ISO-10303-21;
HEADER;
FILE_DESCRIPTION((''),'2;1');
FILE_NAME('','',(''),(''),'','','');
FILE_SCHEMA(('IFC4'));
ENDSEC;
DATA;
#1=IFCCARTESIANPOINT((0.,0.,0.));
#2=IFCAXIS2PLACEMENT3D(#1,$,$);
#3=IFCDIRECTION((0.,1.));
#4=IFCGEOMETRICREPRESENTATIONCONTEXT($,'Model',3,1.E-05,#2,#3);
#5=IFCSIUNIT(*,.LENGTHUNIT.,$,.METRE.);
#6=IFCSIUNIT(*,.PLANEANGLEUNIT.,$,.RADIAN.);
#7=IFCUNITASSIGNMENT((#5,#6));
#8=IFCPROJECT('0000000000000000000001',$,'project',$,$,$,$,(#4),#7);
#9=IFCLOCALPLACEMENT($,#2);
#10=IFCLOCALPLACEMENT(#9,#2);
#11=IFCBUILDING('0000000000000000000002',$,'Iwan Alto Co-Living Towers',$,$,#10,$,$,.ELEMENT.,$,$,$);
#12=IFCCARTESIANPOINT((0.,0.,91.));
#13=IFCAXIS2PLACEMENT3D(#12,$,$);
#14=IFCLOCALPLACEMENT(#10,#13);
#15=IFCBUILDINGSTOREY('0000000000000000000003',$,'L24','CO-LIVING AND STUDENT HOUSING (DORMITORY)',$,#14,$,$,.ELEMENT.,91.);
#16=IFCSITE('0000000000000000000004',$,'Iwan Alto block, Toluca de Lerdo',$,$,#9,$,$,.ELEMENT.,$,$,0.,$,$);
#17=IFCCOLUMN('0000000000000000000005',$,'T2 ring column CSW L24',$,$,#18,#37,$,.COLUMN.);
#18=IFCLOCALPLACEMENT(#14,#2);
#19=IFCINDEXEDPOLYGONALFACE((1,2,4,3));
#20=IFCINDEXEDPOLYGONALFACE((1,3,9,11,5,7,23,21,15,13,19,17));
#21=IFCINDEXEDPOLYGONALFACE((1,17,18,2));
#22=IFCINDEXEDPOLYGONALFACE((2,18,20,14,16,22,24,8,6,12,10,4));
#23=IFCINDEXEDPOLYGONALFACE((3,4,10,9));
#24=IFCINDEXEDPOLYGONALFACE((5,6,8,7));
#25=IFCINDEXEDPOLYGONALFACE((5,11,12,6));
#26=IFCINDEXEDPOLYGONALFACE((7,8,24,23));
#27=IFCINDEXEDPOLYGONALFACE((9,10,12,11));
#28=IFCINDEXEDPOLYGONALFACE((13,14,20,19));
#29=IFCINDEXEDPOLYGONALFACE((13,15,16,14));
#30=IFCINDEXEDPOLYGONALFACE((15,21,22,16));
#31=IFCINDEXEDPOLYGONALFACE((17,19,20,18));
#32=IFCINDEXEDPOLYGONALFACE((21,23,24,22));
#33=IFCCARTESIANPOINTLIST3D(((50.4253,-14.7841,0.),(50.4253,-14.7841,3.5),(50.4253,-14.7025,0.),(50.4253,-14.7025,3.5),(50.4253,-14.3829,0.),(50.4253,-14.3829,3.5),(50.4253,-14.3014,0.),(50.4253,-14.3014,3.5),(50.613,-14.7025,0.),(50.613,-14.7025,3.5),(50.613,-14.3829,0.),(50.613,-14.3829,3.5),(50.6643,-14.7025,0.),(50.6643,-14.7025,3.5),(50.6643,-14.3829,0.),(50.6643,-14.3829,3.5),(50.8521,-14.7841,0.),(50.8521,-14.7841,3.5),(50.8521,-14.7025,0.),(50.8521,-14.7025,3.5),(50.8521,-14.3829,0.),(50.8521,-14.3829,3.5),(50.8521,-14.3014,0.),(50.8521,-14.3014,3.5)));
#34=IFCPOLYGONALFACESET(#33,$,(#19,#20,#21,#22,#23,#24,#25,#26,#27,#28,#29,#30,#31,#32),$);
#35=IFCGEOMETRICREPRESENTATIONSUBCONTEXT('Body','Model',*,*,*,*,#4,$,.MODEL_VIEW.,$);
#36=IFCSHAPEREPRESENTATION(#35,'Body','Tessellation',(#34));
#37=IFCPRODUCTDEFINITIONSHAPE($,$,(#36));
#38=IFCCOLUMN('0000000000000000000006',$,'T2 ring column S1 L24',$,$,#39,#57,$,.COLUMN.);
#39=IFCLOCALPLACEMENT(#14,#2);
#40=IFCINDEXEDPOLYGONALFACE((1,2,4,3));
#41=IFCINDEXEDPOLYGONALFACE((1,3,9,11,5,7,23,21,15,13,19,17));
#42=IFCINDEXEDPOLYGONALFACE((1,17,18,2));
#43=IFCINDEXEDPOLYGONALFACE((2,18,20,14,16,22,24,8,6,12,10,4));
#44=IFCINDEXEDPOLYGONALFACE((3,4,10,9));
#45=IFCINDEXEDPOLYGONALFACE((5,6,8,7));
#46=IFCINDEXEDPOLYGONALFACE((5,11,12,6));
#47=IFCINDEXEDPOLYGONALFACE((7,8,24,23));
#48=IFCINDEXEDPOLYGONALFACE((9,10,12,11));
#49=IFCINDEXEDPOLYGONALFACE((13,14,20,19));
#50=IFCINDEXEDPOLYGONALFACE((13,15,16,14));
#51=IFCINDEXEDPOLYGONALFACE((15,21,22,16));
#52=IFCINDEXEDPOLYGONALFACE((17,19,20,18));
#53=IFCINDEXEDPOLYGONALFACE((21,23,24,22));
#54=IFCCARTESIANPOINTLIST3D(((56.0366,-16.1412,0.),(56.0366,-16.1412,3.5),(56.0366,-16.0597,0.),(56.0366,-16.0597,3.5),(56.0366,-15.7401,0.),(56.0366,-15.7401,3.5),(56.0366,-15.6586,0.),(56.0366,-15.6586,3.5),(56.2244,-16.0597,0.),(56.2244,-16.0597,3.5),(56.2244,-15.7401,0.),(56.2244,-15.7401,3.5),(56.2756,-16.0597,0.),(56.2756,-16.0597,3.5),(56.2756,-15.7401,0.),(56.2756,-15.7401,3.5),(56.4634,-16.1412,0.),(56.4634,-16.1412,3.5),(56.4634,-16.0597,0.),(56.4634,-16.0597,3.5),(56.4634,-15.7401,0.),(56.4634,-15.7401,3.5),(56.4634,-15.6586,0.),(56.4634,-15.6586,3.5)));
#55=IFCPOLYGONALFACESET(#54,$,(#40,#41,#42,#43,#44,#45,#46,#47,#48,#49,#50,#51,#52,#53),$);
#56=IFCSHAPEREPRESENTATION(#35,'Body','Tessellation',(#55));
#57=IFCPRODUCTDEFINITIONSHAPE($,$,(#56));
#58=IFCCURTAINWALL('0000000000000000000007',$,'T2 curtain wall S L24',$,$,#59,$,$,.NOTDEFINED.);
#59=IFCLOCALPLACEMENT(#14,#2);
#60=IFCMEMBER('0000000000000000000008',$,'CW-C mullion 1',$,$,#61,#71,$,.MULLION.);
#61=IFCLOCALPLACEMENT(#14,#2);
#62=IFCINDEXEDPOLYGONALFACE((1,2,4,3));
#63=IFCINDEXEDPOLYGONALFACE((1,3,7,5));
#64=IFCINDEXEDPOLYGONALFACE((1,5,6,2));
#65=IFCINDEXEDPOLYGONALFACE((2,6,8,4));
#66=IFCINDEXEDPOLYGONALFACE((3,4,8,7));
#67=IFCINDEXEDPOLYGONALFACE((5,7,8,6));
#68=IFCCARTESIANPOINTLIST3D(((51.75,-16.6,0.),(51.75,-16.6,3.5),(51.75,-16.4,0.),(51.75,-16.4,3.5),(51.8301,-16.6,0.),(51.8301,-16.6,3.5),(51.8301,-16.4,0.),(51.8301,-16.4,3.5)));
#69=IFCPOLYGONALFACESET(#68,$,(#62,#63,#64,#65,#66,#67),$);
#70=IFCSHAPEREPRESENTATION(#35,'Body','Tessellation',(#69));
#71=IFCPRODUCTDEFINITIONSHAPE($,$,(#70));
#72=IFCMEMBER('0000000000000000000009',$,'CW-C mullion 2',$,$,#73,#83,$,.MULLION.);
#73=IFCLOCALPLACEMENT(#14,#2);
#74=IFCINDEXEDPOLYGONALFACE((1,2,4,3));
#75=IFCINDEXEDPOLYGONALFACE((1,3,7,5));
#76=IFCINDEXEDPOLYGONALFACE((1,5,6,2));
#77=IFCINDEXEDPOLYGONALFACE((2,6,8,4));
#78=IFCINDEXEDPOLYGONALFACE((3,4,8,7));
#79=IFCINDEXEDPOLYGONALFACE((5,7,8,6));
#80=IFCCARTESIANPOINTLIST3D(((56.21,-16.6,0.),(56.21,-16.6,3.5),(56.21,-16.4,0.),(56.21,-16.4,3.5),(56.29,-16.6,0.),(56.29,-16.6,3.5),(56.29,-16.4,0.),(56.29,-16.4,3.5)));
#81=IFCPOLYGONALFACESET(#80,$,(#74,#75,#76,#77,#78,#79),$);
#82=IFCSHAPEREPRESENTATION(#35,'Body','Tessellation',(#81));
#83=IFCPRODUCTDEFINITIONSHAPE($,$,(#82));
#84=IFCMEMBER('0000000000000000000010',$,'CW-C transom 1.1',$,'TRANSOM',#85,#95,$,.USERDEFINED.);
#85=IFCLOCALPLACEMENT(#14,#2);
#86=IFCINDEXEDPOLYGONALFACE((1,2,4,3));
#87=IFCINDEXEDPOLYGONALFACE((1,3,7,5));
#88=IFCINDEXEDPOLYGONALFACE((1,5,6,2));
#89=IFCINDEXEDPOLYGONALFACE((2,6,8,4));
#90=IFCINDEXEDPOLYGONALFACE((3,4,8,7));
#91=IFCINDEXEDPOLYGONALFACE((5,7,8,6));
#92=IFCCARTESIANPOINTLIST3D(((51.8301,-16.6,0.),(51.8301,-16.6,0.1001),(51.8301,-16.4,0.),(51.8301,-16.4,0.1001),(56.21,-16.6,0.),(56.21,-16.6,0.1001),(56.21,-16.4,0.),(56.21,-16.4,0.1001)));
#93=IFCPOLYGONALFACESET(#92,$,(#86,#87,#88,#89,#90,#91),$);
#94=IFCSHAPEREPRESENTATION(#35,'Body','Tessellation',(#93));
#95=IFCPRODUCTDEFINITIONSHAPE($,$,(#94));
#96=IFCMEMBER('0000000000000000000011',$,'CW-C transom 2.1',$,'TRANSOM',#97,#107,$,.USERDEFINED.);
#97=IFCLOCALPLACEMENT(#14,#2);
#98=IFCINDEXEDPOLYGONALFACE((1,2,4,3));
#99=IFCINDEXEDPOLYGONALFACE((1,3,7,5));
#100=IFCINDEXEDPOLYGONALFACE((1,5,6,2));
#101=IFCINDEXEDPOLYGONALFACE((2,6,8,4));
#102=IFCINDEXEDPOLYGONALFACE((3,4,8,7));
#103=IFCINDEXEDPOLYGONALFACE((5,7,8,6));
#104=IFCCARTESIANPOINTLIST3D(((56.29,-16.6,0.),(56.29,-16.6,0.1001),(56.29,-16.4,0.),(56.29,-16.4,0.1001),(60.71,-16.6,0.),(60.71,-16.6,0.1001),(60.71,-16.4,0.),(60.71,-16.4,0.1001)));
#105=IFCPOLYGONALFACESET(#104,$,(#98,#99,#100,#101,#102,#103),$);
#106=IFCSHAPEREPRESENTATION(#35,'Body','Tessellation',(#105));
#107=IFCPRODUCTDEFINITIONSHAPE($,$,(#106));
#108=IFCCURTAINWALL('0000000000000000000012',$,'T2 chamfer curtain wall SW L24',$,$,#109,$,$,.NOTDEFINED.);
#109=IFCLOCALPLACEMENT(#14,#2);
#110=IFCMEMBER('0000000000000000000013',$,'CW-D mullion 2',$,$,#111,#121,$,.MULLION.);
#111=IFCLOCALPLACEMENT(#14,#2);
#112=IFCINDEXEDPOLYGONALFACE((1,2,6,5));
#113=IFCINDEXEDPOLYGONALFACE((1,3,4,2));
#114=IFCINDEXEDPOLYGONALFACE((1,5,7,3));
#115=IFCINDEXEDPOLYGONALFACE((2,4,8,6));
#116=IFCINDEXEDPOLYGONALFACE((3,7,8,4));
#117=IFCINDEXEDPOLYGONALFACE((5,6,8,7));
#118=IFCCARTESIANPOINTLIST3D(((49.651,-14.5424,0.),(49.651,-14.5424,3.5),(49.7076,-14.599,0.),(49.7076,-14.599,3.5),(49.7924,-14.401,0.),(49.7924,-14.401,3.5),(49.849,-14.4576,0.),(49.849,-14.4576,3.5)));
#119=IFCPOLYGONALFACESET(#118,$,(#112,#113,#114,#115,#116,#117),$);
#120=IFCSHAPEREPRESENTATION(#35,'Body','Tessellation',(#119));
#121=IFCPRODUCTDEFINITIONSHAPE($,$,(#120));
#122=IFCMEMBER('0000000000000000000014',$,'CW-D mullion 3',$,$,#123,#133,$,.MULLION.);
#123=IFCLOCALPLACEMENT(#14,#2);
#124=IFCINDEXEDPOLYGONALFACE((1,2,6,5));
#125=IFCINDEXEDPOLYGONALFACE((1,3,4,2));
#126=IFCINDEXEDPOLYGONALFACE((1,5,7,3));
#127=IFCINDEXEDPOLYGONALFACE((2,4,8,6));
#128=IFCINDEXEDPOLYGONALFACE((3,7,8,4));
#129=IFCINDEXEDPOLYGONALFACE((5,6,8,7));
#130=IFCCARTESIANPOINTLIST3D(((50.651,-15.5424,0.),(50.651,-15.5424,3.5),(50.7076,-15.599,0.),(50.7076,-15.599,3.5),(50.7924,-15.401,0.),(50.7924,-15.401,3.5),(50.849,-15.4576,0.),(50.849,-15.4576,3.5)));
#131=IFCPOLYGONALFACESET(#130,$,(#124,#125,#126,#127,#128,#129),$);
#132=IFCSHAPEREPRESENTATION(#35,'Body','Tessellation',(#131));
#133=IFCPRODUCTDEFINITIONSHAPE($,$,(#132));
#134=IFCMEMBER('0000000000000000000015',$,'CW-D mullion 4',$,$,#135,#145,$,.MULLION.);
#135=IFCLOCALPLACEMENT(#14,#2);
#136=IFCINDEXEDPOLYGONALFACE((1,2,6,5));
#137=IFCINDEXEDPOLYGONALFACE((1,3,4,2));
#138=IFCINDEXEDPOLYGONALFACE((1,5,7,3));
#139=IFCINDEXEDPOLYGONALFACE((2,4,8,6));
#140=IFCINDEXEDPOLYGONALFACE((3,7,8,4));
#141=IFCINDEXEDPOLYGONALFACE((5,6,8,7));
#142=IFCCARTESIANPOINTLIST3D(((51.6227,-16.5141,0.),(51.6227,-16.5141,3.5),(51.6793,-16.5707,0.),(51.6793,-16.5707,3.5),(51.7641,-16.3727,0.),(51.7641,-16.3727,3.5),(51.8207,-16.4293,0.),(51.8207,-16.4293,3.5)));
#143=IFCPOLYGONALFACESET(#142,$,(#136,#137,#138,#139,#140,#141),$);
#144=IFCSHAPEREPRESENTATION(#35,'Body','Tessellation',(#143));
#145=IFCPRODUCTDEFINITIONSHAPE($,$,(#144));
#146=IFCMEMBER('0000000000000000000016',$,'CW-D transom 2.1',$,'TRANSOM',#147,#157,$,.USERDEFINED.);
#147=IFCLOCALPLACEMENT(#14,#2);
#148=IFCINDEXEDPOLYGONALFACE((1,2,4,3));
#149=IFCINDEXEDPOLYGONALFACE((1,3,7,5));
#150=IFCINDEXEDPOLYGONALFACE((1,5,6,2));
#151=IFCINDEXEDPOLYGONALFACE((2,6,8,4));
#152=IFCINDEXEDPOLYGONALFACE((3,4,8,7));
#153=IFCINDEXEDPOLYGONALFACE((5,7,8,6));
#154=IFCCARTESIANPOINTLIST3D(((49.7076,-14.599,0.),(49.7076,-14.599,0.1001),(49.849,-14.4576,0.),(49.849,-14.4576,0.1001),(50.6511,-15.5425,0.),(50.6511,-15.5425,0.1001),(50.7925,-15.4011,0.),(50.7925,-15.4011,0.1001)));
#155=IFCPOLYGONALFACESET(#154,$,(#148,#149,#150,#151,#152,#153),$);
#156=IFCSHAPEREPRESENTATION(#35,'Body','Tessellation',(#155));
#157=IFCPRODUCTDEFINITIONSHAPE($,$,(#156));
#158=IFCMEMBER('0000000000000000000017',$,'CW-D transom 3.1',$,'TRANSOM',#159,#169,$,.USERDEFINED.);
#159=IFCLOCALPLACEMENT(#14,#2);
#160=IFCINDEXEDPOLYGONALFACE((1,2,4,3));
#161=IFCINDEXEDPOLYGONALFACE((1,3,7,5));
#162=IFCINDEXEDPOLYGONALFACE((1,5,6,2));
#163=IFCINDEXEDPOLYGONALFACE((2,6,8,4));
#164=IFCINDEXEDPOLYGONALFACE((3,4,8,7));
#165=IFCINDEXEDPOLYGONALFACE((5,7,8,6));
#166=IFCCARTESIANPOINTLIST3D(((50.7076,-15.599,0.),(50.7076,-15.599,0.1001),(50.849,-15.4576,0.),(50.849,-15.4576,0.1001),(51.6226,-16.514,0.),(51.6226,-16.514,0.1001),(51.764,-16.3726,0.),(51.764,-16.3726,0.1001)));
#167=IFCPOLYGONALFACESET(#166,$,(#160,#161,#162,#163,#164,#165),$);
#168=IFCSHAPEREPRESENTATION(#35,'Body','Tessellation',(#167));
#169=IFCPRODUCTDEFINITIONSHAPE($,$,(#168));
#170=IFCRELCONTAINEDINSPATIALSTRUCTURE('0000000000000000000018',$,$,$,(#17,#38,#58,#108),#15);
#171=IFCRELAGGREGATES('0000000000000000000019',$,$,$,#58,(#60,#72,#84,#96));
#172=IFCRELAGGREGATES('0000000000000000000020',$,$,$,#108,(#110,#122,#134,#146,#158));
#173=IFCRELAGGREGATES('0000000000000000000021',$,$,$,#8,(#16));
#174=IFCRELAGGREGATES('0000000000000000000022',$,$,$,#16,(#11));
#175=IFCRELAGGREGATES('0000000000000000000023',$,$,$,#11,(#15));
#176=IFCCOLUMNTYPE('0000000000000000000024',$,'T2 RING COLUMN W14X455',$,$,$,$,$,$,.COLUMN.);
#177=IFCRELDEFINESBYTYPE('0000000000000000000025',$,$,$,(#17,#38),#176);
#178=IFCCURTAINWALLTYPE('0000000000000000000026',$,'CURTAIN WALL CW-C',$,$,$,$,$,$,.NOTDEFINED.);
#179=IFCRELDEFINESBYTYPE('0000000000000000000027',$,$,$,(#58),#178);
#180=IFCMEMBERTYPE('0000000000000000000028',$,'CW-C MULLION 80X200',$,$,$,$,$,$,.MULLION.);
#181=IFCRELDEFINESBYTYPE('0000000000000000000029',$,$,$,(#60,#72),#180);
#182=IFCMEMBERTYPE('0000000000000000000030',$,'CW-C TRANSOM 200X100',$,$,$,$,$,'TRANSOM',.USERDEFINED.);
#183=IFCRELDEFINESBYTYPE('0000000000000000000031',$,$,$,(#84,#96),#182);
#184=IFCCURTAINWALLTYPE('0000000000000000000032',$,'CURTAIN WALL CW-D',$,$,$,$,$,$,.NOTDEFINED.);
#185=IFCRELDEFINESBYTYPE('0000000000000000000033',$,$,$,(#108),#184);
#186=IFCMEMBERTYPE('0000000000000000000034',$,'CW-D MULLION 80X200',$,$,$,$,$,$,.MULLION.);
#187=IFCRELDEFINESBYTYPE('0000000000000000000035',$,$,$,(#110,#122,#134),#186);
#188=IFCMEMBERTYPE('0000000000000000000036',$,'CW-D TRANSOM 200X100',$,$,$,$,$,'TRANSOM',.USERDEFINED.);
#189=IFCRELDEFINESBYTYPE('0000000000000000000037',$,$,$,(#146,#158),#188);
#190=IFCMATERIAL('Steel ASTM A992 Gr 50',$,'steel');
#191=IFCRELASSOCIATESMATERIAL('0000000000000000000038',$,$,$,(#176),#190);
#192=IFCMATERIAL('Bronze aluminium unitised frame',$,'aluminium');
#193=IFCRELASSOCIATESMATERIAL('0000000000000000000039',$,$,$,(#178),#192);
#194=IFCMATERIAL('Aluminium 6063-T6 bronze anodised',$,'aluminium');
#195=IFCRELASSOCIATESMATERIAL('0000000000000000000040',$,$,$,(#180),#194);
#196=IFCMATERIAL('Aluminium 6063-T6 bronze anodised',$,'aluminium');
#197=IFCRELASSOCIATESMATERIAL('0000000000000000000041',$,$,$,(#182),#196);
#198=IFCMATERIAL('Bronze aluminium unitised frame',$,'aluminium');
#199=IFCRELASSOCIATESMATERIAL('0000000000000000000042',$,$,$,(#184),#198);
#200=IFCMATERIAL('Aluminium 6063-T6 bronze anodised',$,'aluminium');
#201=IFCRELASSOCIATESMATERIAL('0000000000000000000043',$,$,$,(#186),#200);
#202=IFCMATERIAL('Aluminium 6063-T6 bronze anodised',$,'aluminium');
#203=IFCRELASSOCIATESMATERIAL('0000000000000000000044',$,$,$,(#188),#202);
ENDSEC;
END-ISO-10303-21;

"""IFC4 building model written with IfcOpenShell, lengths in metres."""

from ifc_helpers import new_model, si_unit, direction, frame, origin, origin_2d, place, context, subcontext, project, spatial, rectangle, i_section, extrude, material, material_profile, profile_set, type_object, element, aggregate, save


model = new_model("IFC4")

# Units and contexts
model_context = context("Model", 3, precision=1e-05, world=origin(), true_north=direction((0.0, 1.0)))
body_context = subcontext(model_context, "Body", "Model", "MODEL_VIEW")
ifc_project = project(units=[si_unit("LENGTHUNIT", "METRE"), si_unit("PLANEANGLEUNIT", "RADIAN")], contexts=[model_context])

# Site, building, storey
site_placement = place(None, origin())
site = spatial("IfcSite", under=ifc_project, at=site_placement, Name="Iwan Alto block, Toluca de Lerdo", CompositionType="ELEMENT", RefElevation=0.0)
building_placement = place(site_placement, origin())
building = spatial("IfcBuilding", under=site, at=building_placement, Name="Iwan Alto Co-Living Towers", CompositionType="ELEMENT")
storey_placement = place(building_placement, frame((0.0, 0.0, 91.0)))
storey = spatial("IfcBuildingStorey", under=building, at=storey_placement, Name="L24", Description="CO-LIVING AND STUDENT HOUSING (DORMITORY)", CompositionType="ELEMENT", Elevation=91.0)

# Columns
ifc_material_1 = material(Name="Steel ASTM A992 Gr 50", Category="steel")
ifc_material_profile_1 = material_profile(ifc_material_1, i_section(OverallWidth=0.4268, OverallDepth=0.4827, WebThickness=0.0513, FlangeThickness=0.0815, at=origin_2d()), Name="W14X455")
ifc_profile_set_1 = profile_set([ifc_material_profile_1], Name="Steel ASTM A992 Gr 50")
column_type = type_object("IfcColumnType", Name="T2 RING COLUMN W14X455", PredefinedType="COLUMN", material=ifc_profile_set_1)
for number, where, z_axis, x_axis, name in (
    (1, (50.6387, -14.5427, 0.0), (0.0, 0.0, 1.0), (1.0, 0.0, 0.0), "T2 ring column CSW L24"),
    (2, (56.25, -15.8999, 0.0), (0.0, 0.0, 1.0), (1.0, 0.0, 0.0), "T2 ring column S1 L24"),
):
    element("IfcColumn", number, at=place(storey_placement, frame(where, z_axis=z_axis, x_axis=x_axis)), inside=storey, type_object=column_type, Name=name, PredefinedType="COLUMN", context=body_context, shape_type="SweptSolid", body=[
        extrude(i_section(OverallWidth=0.4268, OverallDepth=0.4827, WebThickness=0.0513, FlangeThickness=0.0815, at=origin_2d()), origin(), (0.0, 0.0, 1.0), 3.5),
    ])

# Curtain walls, members
ifc_material_2 = material(Name="Bronze aluminium unitised frame", Category="aluminium")
curtain_wall_type_1 = type_object("IfcCurtainWallType", Name="CURTAIN WALL CW-C", PredefinedType="NOTDEFINED", material=ifc_material_2)
curtain_wall_1_placement = place(storey_placement, origin())
curtain_wall_1 = element("IfcCurtainWall", 3, at=curtain_wall_1_placement, inside=storey, type_object=curtain_wall_type_1, Name="T2 curtain wall S L24", PredefinedType="NOTDEFINED")
ifc_material_3 = material(Name="Aluminium 6063-T6 bronze anodised", Category="aluminium")
ifc_material_profile_2 = material_profile(ifc_material_3, rectangle(XDim=0.2, YDim=0.0801, at=origin_2d()), Name="AL 80X200")
ifc_profile_set_2 = profile_set([ifc_material_profile_2], Name="Aluminium 6063-T6 bronze anodised")
member_type_1 = type_object("IfcMemberType", Name="CW-C MULLION 80X200", PredefinedType="MULLION", material=ifc_profile_set_2)
member_1_placement = place(storey_placement, frame((51.79, -16.5, 0.0), z_axis=(0.0, 0.0, 1.0), x_axis=(0.0, 1.0, 0.0)))
member_1 = element("IfcMember", 4, at=member_1_placement, type_object=member_type_1, Name="CW-C mullion 1", PredefinedType="MULLION", context=body_context, shape_type="SweptSolid", body=[
    extrude(rectangle(XDim=0.2, YDim=0.0801, at=origin_2d()), origin(), (0.0, 0.0, 1.0), 3.5),
])
member_2_placement = place(storey_placement, frame((56.25, -16.5, 0.0), z_axis=(0.0, 0.0, 1.0), x_axis=(0.0, 1.0, 0.0)))
member_2 = element("IfcMember", 5, at=member_2_placement, type_object=member_type_1, Name="CW-C mullion 2", PredefinedType="MULLION", context=body_context, shape_type="SweptSolid", body=[
    extrude(rectangle(XDim=0.2, YDim=0.0801, at=origin_2d()), origin(), (0.0, 0.0, 1.0), 3.5),
])
ifc_material_4 = material(Name="Aluminium 6063-T6 bronze anodised", Category="aluminium")
ifc_material_profile_3 = material_profile(ifc_material_4, rectangle(XDim=0.2, YDim=0.1001, at=origin_2d()), Name="AL 200X100")
ifc_profile_set_3 = profile_set([ifc_material_profile_3], Name="Aluminium 6063-T6 bronze anodised")
member_type_2 = type_object("IfcMemberType", Name="CW-C TRANSOM 200X100", ElementType="TRANSOM", PredefinedType="USERDEFINED", material=ifc_profile_set_3)
member_3_placement = place(storey_placement, frame((51.8301, -16.5, 0.05), z_axis=(1.0, 0.0, 0.0), x_axis=(0.0, 1.0, 0.0)))
member_3 = element("IfcMember", 6, at=member_3_placement, type_object=member_type_2, Name="CW-C transom 1.1", ObjectType="TRANSOM", PredefinedType="USERDEFINED", context=body_context, shape_type="SweptSolid", body=[
    extrude(rectangle(XDim=0.2, YDim=0.1001, at=origin_2d()), origin(), (0.0, 0.0, 1.0), 4.3799),
])
member_4_placement = place(storey_placement, frame((56.29, -16.5, 0.05), z_axis=(1.0, 0.0, 0.0), x_axis=(0.0, 1.0, 0.0)))
member_4 = element("IfcMember", 7, at=member_4_placement, type_object=member_type_2, Name="CW-C transom 2.1", ObjectType="TRANSOM", PredefinedType="USERDEFINED", context=body_context, shape_type="SweptSolid", body=[
    extrude(rectangle(XDim=0.2, YDim=0.1001, at=origin_2d()), origin(), (0.0, 0.0, 1.0), 4.4199),
])
ifc_material_5 = material(Name="Bronze aluminium unitised frame", Category="aluminium")
curtain_wall_type_2 = type_object("IfcCurtainWallType", Name="CURTAIN WALL CW-D", PredefinedType="NOTDEFINED", material=ifc_material_5)
curtain_wall_2_placement = place(storey_placement, origin())
curtain_wall_2 = element("IfcCurtainWall", 8, at=curtain_wall_2_placement, inside=storey, type_object=curtain_wall_type_2, Name="T2 chamfer curtain wall SW L24", PredefinedType="NOTDEFINED")
ifc_material_6 = material(Name="Aluminium 6063-T6 bronze anodised", Category="aluminium")
ifc_material_profile_4 = material_profile(ifc_material_6, rectangle(XDim=0.2, YDim=0.0801, at=origin_2d()), Name="AL 80X200")
ifc_profile_set_4 = profile_set([ifc_material_profile_4], Name="Aluminium 6063-T6 bronze anodised")
member_type_3 = type_object("IfcMemberType", Name="CW-D MULLION 80X200", PredefinedType="MULLION", material=ifc_profile_set_4)
member_5_placement = place(storey_placement, frame((49.75, -14.5, 0.0), z_axis=(0.0, 0.0, 1.0), x_axis=(0.707107, 0.707107, 0.0)))
member_5 = element("IfcMember", 9, at=member_5_placement, type_object=member_type_3, Name="CW-D mullion 2", PredefinedType="MULLION", context=body_context, shape_type="SweptSolid", body=[
    extrude(rectangle(XDim=0.2, YDim=0.0801, at=origin_2d()), origin(), (0.0, 0.0, 1.0), 3.5),
])
member_6_placement = place(storey_placement, frame((50.75, -15.5, 0.0), z_axis=(0.0, 0.0, 1.0), x_axis=(0.707107, 0.707107, 0.0)))
member_6 = element("IfcMember", 10, at=member_6_placement, type_object=member_type_3, Name="CW-D mullion 3", PredefinedType="MULLION", context=body_context, shape_type="SweptSolid", body=[
    extrude(rectangle(XDim=0.2, YDim=0.0801, at=origin_2d()), origin(), (0.0, 0.0, 1.0), 3.5),
])
member_7_placement = place(storey_placement, frame((51.7217, -16.4717, 0.0), z_axis=(0.0, 0.0, 1.0), x_axis=(0.707107, 0.707107, 0.0)))
member_7 = element("IfcMember", 11, at=member_7_placement, type_object=member_type_3, Name="CW-D mullion 4", PredefinedType="MULLION", context=body_context, shape_type="SweptSolid", body=[
    extrude(rectangle(XDim=0.2, YDim=0.0801, at=origin_2d()), origin(), (0.0, 0.0, 1.0), 3.5),
])
ifc_material_7 = material(Name="Aluminium 6063-T6 bronze anodised", Category="aluminium")
ifc_material_profile_5 = material_profile(ifc_material_7, rectangle(XDim=0.2, YDim=0.1001, at=origin_2d()), Name="AL 200X100")
ifc_profile_set_5 = profile_set([ifc_material_profile_5], Name="Aluminium 6063-T6 bronze anodised")
member_type_4 = type_object("IfcMemberType", Name="CW-D TRANSOM 200X100", ElementType="TRANSOM", PredefinedType="USERDEFINED", material=ifc_profile_set_5)
member_8_placement = place(storey_placement, frame((49.7783, -14.5283, 0.05), z_axis=(0.707107, -0.707107, 0.0), x_axis=(0.707107, 0.707107, 0.0)))
member_8 = element("IfcMember", 12, at=member_8_placement, type_object=member_type_4, Name="CW-D transom 2.1", ObjectType="TRANSOM", PredefinedType="USERDEFINED", context=body_context, shape_type="SweptSolid", body=[
    extrude(rectangle(XDim=0.2, YDim=0.1001, at=origin_2d()), origin(), (0.0, 0.0, 1.0), 1.3342),
])
member_9_placement = place(storey_placement, frame((50.7783, -15.5283, 0.05), z_axis=(0.707107, -0.707107, 0.0), x_axis=(0.707107, 0.707107, 0.0)))
member_9 = element("IfcMember", 13, at=member_9_placement, type_object=member_type_4, Name="CW-D transom 3.1", ObjectType="TRANSOM", PredefinedType="USERDEFINED", context=body_context, shape_type="SweptSolid", body=[
    extrude(rectangle(XDim=0.2, YDim=0.1001, at=origin_2d()), origin(), (0.0, 0.0, 1.0), 1.2939),
])

aggregate(curtain_wall_1, [member_1, member_2, member_3, member_4])
aggregate(curtain_wall_2, [member_5, member_6, member_7, member_8, member_9])

save(model, "model.ifc")
